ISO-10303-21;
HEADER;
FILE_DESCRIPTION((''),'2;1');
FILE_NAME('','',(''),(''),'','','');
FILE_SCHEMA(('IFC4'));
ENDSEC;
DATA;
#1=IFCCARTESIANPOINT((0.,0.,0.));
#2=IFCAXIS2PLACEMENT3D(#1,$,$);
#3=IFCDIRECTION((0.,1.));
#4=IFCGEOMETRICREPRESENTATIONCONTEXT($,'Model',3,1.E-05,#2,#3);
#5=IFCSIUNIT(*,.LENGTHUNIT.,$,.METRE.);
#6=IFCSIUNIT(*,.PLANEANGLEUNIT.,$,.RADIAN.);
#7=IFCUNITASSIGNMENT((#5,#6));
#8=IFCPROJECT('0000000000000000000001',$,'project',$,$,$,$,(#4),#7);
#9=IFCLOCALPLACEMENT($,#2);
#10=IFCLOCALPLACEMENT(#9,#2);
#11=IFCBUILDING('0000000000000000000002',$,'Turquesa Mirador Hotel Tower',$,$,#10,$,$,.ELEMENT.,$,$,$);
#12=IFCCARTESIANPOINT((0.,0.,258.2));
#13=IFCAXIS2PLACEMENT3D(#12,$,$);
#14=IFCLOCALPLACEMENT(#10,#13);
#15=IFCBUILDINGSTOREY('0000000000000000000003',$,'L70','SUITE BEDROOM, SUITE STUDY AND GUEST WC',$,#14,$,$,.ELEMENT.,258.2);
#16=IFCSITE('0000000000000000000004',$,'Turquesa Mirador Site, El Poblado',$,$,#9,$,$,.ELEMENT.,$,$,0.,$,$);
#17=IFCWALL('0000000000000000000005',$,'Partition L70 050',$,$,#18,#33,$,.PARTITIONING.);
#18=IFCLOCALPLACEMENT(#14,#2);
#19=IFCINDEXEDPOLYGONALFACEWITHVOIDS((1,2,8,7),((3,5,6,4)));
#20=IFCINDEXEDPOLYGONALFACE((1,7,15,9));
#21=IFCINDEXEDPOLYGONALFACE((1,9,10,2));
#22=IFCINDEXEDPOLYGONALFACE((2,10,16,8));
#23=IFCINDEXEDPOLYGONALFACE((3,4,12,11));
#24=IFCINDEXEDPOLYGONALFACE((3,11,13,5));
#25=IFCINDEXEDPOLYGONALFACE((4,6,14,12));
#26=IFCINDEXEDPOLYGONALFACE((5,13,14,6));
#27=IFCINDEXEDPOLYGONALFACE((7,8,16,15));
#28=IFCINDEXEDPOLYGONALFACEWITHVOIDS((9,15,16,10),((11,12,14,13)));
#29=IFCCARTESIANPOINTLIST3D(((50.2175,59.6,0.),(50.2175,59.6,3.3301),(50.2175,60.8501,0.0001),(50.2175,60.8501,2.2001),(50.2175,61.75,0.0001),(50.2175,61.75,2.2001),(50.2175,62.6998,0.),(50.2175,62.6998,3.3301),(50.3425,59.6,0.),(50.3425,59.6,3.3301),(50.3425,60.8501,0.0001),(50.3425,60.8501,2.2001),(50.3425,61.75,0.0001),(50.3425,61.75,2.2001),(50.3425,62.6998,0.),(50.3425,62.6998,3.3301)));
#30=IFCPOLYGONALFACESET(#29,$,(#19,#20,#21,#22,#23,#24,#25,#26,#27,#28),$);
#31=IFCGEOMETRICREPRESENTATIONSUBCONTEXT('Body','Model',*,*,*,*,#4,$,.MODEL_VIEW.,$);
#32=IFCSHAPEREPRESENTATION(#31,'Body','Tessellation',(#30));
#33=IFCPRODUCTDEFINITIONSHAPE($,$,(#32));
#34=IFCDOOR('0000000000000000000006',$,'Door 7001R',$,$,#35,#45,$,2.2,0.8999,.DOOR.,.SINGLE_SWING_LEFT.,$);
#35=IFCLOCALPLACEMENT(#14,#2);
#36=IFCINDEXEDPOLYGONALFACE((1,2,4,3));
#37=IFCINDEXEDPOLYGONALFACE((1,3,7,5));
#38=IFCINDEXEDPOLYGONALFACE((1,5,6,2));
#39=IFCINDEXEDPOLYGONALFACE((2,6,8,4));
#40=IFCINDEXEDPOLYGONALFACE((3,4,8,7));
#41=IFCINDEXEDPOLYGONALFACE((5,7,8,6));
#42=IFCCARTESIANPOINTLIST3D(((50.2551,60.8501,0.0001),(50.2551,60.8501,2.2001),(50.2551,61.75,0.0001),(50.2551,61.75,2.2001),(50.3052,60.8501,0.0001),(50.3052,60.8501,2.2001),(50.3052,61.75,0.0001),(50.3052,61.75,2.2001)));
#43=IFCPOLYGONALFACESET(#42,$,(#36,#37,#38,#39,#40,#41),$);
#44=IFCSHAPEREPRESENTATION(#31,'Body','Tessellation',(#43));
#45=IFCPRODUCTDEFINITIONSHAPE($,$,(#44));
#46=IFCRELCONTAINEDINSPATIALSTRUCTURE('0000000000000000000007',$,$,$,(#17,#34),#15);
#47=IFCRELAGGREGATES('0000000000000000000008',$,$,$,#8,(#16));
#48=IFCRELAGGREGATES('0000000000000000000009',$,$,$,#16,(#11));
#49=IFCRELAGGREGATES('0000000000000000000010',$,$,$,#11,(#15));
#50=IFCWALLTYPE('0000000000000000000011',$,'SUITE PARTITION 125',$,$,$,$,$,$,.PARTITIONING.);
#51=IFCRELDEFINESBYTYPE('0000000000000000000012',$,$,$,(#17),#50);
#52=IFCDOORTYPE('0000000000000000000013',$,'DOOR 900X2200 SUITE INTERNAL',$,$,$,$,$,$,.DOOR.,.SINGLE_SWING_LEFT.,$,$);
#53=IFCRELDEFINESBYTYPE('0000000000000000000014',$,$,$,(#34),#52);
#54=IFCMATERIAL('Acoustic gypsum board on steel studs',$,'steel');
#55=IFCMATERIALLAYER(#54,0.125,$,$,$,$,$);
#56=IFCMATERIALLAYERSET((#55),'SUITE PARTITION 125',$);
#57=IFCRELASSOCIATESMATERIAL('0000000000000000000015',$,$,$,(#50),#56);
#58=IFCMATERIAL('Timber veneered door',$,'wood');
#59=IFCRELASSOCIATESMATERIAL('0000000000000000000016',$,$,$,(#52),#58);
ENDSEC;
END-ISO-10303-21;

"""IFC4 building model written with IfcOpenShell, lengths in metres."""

from ifc_helpers import new_model, si_unit, direction, frame, frame_2d, origin, place, context, subcontext, project, spatial, rectangle, extrude, material, layer, layer_set, type_object, element, fill, save


model = new_model("IFC4")

# Units and contexts
model_context = context("Model", 3, precision=1e-05, world=origin(), true_north=direction((0.0, 1.0)))
body_context = subcontext(model_context, "Body", "Model", "MODEL_VIEW")
ifc_project = project(units=[si_unit("LENGTHUNIT", "METRE"), si_unit("PLANEANGLEUNIT", "RADIAN")], contexts=[model_context])

# Site, building, storey
site_placement = place(None, origin())
site = spatial("IfcSite", under=ifc_project, at=site_placement, Name="Turquesa Mirador Site, El Poblado", CompositionType="ELEMENT", RefElevation=0.0)
building_placement = place(site_placement, origin())
building = spatial("IfcBuilding", under=site, at=building_placement, Name="Turquesa Mirador Hotel Tower", CompositionType="ELEMENT")
storey_placement = place(building_placement, frame((0.0, 0.0, 258.2)))
storey = spatial("IfcBuildingStorey", under=building, at=storey_placement, Name="L70", Description="SUITE BEDROOM, SUITE STUDY AND GUEST WC", CompositionType="ELEMENT", Elevation=258.2)

# Wall, opening, door
ifc_material_1 = material(Name="Acoustic gypsum board on steel studs", Category="steel")
ifc_layer_1 = layer(ifc_material_1, 0.125)
ifc_layer_set_1 = layer_set([ifc_layer_1], Name="SUITE PARTITION 125")
wall_type_1 = type_object("IfcWallType", Name="SUITE PARTITION 125", PredefinedType="PARTITIONING", material=ifc_layer_set_1)
ifc_material_2 = material(Name="Timber veneered door", Category="wood")
door_type_1 = type_object("IfcDoorType", Name="DOOR 900X2200 SUITE INTERNAL", OperationType="SINGLE_SWING_LEFT", PredefinedType="DOOR", material=ifc_material_2)
wall_1_placement = place(storey_placement, frame((50.28, 59.6001, 0.0), z_axis=(0.0, 0.0, 1.0), x_axis=(0.0, 1.0, 0.0)))
wall_1 = element("IfcWall", 1, at=wall_1_placement, inside=storey, type_object=wall_type_1, Name="Partition L70 050", PredefinedType="PARTITIONING", context=body_context, shape_type="SweptSolid", body=[
    extrude(rectangle(XDim=3.0999, YDim=0.125, at=frame_2d((1.5498, 0.0))), origin(), (0.0, 0.0, 1.0), 3.3301),
])
opening_1_placement = place(wall_1_placement, frame((1.25, 0.0, 0.0)))
opening_1 = element("IfcOpeningElement", 2, at=opening_1_placement, cuts=wall_1, PredefinedType="OPENING", context=body_context, shape_type="SweptSolid", body=[
    extrude(rectangle(XDim=0.8999, YDim=2.2, at=frame_2d((0.45, 1.1001))), frame((0.0, 0.0725, 0.0), z_axis=(0.0, -1.0, 0.0), x_axis=(1.0, 0.0, 0.0)), (0.0, 0.0, 1.0), 0.145),
])
door_1_placement = place(opening_1_placement, origin())
door_1 = element("IfcDoor", 3, at=door_1_placement, inside=storey, type_object=door_type_1, Name="Door 7001R", OperationType="SINGLE_SWING_LEFT", OverallHeight=2.2, OverallWidth=0.8999, PredefinedType="DOOR", context=body_context, shape_type="SweptSolid", body=[
    extrude(rectangle(XDim=0.8999, YDim=2.2, at=frame_2d((0.45, 1.1001))), frame((0.0, 0.0249, 0.0), z_axis=(0.0, -1.0, 0.0), x_axis=(1.0, 0.0, 0.0)), (0.0, 0.0, 1.0), 0.05),
])
fill(opening_1, door_1)

save(model, "model.ifc")
